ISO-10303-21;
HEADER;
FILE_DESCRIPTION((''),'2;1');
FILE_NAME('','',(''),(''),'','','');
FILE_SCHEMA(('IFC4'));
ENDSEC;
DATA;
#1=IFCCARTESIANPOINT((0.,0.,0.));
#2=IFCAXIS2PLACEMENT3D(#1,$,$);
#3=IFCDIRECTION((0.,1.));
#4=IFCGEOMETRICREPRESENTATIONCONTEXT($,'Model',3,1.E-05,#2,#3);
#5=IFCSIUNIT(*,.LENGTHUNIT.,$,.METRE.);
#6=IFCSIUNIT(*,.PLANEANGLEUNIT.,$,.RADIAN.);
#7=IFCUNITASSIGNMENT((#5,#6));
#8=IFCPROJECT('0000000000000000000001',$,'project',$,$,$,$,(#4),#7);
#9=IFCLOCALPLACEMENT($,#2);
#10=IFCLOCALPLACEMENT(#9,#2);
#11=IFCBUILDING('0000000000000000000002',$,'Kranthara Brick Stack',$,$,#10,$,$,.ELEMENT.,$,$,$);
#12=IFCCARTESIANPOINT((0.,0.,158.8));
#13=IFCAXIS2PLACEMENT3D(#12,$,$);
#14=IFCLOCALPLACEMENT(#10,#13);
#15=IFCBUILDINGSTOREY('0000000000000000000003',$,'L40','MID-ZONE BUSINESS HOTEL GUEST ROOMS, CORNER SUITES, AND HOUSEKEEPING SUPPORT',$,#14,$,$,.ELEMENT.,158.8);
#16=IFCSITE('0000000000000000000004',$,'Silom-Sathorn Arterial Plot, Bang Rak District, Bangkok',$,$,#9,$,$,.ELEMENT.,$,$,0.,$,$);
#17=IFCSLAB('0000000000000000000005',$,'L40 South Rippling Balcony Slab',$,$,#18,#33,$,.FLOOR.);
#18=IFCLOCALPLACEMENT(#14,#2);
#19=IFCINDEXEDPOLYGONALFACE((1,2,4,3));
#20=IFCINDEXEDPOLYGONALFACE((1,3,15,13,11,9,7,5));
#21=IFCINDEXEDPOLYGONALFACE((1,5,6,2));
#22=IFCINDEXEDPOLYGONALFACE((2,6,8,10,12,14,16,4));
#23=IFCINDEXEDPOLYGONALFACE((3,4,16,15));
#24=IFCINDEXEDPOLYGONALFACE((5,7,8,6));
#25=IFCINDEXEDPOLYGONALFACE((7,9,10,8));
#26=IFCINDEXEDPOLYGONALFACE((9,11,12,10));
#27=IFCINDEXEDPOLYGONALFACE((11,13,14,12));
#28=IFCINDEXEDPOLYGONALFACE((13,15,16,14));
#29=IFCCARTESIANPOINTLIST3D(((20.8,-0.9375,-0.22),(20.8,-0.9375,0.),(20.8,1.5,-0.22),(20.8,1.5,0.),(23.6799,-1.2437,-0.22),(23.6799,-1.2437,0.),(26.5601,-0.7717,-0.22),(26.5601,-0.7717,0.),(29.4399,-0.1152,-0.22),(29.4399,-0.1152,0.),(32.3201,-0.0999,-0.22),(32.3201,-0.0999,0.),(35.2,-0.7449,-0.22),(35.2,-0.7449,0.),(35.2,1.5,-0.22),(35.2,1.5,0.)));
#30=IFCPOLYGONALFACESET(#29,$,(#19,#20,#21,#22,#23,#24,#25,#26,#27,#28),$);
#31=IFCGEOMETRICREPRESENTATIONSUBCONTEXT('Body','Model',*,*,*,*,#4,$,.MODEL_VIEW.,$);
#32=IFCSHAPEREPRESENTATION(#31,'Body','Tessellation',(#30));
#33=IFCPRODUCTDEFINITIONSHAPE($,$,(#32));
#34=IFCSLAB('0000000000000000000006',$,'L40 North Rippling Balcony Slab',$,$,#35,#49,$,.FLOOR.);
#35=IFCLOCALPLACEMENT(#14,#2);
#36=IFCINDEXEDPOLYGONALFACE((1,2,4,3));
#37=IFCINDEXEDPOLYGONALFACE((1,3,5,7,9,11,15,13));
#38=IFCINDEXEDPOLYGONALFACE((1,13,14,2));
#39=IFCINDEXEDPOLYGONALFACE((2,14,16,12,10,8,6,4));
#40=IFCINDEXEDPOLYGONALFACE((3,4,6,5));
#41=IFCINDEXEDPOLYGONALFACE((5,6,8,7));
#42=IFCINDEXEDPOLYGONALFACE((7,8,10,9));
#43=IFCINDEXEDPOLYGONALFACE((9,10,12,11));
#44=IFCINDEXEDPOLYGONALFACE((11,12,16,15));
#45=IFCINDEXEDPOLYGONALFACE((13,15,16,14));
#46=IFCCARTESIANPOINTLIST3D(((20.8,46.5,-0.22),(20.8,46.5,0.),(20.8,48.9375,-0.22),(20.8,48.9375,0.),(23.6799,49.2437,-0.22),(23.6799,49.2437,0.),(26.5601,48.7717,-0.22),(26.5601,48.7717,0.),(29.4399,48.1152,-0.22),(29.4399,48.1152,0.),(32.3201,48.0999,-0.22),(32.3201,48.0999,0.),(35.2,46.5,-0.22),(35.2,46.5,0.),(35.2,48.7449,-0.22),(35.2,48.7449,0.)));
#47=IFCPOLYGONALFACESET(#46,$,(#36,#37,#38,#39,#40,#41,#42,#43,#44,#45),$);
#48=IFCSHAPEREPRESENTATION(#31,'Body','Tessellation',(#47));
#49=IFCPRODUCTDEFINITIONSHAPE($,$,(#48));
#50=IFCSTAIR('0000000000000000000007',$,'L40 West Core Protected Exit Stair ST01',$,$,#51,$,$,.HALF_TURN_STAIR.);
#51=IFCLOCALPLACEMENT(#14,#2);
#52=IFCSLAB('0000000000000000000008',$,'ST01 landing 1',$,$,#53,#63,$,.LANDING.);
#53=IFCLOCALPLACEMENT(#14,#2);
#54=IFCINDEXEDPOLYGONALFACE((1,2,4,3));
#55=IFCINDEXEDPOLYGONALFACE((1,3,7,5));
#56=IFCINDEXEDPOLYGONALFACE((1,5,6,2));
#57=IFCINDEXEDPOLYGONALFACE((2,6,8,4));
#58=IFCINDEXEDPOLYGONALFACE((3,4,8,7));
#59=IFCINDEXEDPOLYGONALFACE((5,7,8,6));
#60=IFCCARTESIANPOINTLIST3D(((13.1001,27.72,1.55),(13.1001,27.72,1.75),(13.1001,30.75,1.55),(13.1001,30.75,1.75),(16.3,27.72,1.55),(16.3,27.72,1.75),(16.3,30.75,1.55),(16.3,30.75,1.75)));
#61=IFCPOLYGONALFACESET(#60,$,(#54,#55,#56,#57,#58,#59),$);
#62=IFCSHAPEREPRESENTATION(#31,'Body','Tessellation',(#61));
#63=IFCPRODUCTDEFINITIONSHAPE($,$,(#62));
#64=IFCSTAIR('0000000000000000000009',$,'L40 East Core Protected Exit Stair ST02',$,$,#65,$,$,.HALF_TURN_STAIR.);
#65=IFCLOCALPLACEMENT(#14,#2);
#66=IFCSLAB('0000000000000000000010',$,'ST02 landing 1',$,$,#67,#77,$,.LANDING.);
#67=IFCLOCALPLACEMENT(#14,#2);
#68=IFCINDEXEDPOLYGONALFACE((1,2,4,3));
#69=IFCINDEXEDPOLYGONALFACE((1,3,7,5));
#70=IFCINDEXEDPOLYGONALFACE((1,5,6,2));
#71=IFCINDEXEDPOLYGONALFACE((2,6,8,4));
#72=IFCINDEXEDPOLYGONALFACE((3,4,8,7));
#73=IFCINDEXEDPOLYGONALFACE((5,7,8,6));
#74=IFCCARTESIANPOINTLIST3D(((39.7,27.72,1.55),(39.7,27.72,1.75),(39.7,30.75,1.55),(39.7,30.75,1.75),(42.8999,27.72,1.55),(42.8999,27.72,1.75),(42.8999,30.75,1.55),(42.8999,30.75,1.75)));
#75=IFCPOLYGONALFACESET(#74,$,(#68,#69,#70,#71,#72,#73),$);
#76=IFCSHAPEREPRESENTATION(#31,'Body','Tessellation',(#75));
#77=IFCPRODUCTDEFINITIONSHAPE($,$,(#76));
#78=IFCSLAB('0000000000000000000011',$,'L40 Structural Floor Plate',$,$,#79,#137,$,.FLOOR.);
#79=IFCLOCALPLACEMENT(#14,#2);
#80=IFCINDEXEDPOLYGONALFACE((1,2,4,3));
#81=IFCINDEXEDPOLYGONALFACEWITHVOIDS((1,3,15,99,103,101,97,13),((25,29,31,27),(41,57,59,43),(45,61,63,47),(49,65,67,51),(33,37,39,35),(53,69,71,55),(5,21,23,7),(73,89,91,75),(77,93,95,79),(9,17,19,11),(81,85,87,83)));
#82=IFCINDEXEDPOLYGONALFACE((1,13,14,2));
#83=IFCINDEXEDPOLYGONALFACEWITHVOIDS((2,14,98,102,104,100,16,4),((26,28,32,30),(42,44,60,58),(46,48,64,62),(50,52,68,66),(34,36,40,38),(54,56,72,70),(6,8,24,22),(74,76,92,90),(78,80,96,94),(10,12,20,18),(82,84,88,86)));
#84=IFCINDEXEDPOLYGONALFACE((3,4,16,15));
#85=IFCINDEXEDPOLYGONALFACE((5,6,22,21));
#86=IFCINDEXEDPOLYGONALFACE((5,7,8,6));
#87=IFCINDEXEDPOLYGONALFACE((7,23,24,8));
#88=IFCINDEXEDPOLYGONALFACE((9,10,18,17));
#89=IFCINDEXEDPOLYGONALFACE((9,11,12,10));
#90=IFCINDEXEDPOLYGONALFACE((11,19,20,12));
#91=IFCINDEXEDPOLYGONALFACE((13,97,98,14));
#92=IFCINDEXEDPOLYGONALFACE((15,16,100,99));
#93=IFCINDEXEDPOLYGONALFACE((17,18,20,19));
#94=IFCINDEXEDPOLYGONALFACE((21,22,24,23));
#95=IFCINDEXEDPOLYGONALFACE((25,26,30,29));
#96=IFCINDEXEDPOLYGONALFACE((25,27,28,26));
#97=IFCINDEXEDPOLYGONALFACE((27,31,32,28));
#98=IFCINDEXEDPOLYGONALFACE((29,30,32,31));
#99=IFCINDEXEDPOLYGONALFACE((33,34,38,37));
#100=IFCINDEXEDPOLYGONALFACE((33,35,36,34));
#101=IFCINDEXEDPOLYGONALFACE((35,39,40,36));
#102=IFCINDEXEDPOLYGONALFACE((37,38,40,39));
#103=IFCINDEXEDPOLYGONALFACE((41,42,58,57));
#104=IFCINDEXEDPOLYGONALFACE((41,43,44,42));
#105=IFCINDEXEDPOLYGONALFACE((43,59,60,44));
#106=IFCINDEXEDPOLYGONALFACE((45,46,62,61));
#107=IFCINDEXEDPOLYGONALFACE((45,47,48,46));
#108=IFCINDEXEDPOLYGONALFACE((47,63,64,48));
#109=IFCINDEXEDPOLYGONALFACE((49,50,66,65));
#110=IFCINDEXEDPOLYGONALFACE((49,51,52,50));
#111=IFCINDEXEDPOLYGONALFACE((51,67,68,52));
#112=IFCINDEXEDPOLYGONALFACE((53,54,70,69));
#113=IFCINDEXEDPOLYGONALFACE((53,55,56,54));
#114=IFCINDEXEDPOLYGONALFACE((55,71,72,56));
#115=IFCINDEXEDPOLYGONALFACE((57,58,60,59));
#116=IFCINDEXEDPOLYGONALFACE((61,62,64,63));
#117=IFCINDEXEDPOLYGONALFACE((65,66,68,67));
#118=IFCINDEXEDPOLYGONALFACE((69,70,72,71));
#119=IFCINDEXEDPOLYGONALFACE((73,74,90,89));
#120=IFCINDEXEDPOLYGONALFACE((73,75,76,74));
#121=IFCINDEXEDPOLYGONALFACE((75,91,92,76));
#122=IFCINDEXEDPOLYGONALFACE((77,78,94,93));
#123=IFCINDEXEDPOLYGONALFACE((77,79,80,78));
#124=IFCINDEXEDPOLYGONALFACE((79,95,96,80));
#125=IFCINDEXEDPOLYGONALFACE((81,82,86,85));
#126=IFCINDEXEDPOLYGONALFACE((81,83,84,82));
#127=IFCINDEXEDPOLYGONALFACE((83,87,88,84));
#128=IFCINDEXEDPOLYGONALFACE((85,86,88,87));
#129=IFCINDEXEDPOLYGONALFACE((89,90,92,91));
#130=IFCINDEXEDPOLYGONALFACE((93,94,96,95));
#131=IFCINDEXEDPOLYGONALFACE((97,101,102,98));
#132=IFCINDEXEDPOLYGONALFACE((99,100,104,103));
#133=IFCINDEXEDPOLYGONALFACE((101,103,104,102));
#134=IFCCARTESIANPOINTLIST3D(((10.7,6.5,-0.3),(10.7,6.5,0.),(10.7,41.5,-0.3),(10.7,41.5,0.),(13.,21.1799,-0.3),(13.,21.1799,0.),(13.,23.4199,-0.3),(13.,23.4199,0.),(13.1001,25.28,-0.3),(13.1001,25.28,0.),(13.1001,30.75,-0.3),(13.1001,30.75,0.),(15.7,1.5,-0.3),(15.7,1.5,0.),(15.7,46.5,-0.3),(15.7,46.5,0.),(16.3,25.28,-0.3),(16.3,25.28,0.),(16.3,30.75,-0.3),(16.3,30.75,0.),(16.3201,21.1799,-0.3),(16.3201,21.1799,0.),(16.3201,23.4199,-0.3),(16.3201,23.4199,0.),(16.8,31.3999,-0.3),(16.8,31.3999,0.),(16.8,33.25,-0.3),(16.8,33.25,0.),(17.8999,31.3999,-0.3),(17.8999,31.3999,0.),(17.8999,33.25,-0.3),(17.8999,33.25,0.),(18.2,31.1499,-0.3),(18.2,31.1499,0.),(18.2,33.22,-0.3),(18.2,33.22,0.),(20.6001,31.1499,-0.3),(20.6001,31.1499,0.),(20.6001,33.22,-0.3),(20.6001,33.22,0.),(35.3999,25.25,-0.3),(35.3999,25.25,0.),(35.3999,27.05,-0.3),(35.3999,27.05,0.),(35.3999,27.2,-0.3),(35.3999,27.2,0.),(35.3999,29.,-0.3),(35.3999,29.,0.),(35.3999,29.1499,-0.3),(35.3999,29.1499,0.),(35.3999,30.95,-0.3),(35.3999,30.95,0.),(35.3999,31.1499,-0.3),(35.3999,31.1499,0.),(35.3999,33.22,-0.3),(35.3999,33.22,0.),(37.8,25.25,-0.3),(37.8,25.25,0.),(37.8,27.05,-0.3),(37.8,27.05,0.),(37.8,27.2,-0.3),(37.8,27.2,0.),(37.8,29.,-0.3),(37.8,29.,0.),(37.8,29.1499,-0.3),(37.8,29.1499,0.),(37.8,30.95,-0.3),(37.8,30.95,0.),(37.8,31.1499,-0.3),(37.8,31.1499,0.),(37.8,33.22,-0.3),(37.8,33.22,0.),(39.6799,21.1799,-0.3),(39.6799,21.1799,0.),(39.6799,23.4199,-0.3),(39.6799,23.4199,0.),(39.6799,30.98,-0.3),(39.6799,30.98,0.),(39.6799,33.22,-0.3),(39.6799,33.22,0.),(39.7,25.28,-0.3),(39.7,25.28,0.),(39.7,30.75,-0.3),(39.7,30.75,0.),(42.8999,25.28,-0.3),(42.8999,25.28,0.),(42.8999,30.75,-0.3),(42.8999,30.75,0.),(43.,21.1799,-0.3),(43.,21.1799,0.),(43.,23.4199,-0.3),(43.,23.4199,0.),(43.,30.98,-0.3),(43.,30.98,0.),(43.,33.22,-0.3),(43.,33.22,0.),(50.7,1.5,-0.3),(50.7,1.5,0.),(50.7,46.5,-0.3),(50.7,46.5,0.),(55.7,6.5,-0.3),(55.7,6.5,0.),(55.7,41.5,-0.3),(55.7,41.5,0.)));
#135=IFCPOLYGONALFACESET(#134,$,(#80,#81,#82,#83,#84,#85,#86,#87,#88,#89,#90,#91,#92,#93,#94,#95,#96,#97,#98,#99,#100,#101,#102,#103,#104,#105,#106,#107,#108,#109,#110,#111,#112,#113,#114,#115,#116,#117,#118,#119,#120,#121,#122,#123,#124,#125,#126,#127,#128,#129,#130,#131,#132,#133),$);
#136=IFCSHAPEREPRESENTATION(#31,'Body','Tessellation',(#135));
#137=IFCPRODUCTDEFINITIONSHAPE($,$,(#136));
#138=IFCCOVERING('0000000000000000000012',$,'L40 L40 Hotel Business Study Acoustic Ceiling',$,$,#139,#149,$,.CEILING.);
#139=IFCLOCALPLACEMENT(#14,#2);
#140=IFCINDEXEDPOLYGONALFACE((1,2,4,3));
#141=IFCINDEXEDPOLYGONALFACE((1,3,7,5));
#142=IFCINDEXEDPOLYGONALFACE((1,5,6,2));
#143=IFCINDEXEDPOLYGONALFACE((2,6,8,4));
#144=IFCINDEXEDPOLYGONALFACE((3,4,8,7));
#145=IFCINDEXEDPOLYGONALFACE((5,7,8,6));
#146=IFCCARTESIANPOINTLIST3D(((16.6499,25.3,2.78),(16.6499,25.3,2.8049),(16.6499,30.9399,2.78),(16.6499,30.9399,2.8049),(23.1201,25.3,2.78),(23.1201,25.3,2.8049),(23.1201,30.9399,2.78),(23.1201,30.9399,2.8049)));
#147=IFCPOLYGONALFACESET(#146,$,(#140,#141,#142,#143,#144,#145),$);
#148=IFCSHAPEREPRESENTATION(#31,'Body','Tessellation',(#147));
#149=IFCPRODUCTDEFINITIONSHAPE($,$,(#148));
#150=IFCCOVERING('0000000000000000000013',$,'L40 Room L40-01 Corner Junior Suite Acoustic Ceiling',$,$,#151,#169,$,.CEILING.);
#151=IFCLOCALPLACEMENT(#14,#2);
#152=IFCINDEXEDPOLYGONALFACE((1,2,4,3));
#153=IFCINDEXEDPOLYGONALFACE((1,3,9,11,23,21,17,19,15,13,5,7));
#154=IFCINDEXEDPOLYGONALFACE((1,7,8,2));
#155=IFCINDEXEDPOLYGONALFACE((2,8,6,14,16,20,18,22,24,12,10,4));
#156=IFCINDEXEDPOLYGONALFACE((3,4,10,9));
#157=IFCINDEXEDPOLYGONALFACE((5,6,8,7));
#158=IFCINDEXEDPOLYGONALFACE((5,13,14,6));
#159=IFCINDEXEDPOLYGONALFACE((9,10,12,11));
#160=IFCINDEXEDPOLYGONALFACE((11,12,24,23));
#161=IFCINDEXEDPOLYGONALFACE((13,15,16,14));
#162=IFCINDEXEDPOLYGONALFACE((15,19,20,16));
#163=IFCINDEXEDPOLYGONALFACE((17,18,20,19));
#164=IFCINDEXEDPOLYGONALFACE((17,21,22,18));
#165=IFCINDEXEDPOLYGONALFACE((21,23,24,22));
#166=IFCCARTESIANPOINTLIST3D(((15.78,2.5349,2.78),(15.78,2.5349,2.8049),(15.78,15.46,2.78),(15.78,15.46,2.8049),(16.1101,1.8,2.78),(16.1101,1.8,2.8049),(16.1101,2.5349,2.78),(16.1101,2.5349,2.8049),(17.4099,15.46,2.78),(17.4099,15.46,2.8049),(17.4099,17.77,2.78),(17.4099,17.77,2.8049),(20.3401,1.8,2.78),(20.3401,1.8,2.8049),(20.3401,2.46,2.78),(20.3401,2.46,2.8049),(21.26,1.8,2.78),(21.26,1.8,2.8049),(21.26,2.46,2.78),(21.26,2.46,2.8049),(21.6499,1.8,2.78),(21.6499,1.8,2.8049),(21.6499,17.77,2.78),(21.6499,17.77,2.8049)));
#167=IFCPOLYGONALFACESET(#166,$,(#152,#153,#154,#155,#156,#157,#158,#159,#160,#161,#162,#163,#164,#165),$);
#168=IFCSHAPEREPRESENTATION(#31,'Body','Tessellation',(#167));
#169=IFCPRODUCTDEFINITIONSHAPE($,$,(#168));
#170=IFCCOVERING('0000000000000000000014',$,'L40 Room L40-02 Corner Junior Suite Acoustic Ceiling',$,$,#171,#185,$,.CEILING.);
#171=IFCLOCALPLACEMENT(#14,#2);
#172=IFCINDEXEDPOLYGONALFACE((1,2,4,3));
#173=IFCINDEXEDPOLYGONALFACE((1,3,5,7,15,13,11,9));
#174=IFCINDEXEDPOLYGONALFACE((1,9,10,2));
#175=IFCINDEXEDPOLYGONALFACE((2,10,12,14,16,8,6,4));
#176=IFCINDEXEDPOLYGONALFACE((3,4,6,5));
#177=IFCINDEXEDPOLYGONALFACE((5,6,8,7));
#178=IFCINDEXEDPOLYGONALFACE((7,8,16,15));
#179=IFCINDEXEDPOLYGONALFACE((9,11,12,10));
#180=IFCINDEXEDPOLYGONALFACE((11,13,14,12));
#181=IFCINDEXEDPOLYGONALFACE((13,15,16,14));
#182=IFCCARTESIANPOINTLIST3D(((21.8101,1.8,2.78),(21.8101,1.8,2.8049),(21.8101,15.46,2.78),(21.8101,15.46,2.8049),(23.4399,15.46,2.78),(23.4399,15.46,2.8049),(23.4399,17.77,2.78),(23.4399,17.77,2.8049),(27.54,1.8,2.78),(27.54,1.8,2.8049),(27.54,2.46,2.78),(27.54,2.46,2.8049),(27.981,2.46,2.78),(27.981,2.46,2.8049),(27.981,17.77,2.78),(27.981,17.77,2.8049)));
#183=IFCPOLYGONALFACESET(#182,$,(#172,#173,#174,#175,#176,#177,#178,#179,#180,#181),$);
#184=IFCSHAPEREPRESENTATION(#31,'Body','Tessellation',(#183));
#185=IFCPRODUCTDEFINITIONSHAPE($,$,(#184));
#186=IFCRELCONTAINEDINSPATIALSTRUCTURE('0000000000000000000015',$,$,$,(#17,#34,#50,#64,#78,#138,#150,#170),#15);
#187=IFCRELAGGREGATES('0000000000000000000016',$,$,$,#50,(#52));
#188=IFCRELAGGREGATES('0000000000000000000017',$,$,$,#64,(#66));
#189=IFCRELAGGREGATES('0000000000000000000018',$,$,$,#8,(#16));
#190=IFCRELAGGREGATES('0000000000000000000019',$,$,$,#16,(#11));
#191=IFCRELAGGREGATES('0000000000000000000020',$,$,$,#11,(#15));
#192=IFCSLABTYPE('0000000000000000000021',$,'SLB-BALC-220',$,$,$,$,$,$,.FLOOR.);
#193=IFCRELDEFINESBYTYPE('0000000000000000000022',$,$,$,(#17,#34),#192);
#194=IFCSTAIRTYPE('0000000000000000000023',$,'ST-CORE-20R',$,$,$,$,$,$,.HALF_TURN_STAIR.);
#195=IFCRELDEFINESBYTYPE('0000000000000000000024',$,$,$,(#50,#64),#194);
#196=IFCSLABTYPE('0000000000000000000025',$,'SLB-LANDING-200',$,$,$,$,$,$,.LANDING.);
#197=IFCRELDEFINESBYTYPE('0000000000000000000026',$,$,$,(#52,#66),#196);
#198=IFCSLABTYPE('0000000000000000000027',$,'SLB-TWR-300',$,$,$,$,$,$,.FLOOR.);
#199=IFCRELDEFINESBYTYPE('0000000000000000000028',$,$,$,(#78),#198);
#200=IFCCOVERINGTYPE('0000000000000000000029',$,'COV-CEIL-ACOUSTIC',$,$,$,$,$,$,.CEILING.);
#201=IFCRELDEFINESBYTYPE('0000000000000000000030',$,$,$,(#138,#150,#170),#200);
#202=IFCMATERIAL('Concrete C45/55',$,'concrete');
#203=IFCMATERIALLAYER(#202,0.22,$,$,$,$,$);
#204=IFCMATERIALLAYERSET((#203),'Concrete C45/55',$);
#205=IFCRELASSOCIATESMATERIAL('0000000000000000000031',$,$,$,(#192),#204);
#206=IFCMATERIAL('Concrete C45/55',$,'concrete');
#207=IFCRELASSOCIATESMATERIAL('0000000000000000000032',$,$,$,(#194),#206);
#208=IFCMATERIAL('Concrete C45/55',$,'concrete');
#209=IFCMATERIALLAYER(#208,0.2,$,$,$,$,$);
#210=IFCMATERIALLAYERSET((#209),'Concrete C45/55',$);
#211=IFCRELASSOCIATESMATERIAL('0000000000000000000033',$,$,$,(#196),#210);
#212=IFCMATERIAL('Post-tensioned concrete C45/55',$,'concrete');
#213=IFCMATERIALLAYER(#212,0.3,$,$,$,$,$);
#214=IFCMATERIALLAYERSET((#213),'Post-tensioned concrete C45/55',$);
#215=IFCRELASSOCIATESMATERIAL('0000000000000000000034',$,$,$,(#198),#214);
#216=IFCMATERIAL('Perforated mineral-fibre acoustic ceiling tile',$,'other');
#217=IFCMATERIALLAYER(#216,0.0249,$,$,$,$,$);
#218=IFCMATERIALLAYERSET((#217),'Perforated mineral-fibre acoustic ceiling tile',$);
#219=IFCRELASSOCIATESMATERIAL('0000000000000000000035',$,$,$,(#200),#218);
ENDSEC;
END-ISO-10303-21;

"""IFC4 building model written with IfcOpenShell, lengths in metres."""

from ifc_helpers import new_model, si_unit, direction, frame, origin, place, context, subcontext, project, spatial, polyline, outline, extrude, material, layer, layer_set, type_object, element, aggregate, save


model = new_model("IFC4")

# Units and contexts
model_context = context("Model", 3, precision=1e-05, world=origin(), true_north=direction((0.0, 1.0)))
body_context = subcontext(model_context, "Body", "Model", "MODEL_VIEW")
ifc_project = project(units=[si_unit("LENGTHUNIT", "METRE"), si_unit("PLANEANGLEUNIT", "RADIAN")], contexts=[model_context])

# Site, building, storey
site_placement = place(None, origin())
site = spatial("IfcSite", under=ifc_project, at=site_placement, Name="Silom-Sathorn Arterial Plot, Bang Rak District, Bangkok", CompositionType="ELEMENT", RefElevation=0.0)
building_placement = place(site_placement, origin())
building = spatial("IfcBuilding", under=site, at=building_placement, Name="Kranthara Brick Stack", CompositionType="ELEMENT")
storey_placement = place(building_placement, frame((0.0, 0.0, 158.8)))
storey = spatial("IfcBuildingStorey", under=building, at=storey_placement, Name="L40", Description="MID-ZONE BUSINESS HOTEL GUEST ROOMS, CORNER SUITES, AND HOUSEKEEPING SUPPORT", CompositionType="ELEMENT", Elevation=158.8)

# Slabs
ifc_material_1 = material(Name="Concrete C45/55", Category="concrete")
ifc_layer_1 = layer(ifc_material_1, 0.22)
ifc_layer_set_1 = layer_set([ifc_layer_1], Name="Concrete C45/55")
slab_type_1 = type_object("IfcSlabType", Name="SLB-BALC-220", PredefinedType="FLOOR", material=ifc_layer_set_1)
slab_1_placement = place(storey_placement, frame((0.0, 0.0, -0.22)))
element("IfcSlab", 1, at=slab_1_placement, inside=storey, type_object=slab_type_1, Name="L40 South Rippling Balcony Slab", PredefinedType="FLOOR", context=body_context, shape_type="SweptSolid", body=[
    extrude(outline(polyline([(20.8, 1.5), (35.2, 1.5), (35.2, -0.7449), (32.3201, -0.0999), (29.4399, -0.1152), (26.5601, -0.7717), (23.6799, -1.2437), (20.8, -0.9375), (20.8, 1.5)])), origin(), (0.0, 0.0, 1.0), 0.22),
])
slab_2_placement = place(storey_placement, frame((0.0, 0.0, -0.22)))
element("IfcSlab", 2, at=slab_2_placement, inside=storey, type_object=slab_type_1, Name="L40 North Rippling Balcony Slab", PredefinedType="FLOOR", context=body_context, shape_type="SweptSolid", body=[
    extrude(outline(polyline([(35.2, 46.5), (20.8, 46.5), (20.8, 48.9375), (23.6799, 49.2437), (26.5601, 48.7717), (29.4399, 48.1152), (32.3201, 48.0999), (35.2, 48.7449), (35.2, 46.5)])), origin(), (0.0, 0.0, 1.0), 0.22),
])

# Stairs, slabs
ifc_material_2 = material(Name="Concrete C45/55", Category="concrete")
stair_type = type_object("IfcStairType", Name="ST-CORE-20R", PredefinedType="HALF_TURN_STAIR", material=ifc_material_2)
stair_1_placement = place(storey_placement, origin())
stair_1 = element("IfcStair", 3, at=stair_1_placement, inside=storey, type_object=stair_type, Name="L40 West Core Protected Exit Stair ST01", PredefinedType="HALF_TURN_STAIR")
ifc_material_3 = material(Name="Concrete C45/55", Category="concrete")
ifc_layer_2 = layer(ifc_material_3, 0.2)
ifc_layer_set_2 = layer_set([ifc_layer_2], Name="Concrete C45/55")
slab_type_2 = type_object("IfcSlabType", Name="SLB-LANDING-200", PredefinedType="LANDING", material=ifc_layer_set_2)
slab_3_placement = place(storey_placement, frame((0.0, 0.0, 1.55)))
slab_3 = element("IfcSlab", 4, at=slab_3_placement, type_object=slab_type_2, Name="ST01 landing 1", PredefinedType="LANDING", context=body_context, shape_type="SweptSolid", body=[
    extrude(outline(polyline([(16.3, 27.72), (16.3, 30.75), (13.1001, 30.75), (13.1001, 27.72), (16.3, 27.72)])), origin(), (0.0, 0.0, 1.0), 0.2),
])
aggregate(stair_1, [slab_3])
stair_2_placement = place(storey_placement, origin())
stair_2 = element("IfcStair", 5, at=stair_2_placement, inside=storey, type_object=stair_type, Name="L40 East Core Protected Exit Stair ST02", PredefinedType="HALF_TURN_STAIR")
slab_4_placement = place(storey_placement, frame((0.0, 0.0, 1.55)))
slab_4 = element("IfcSlab", 6, at=slab_4_placement, type_object=slab_type_2, Name="ST02 landing 1", PredefinedType="LANDING", context=body_context, shape_type="SweptSolid", body=[
    extrude(outline(polyline([(42.8999, 27.72), (42.8999, 30.75), (39.7, 30.75), (39.7, 27.72), (42.8999, 27.72)])), origin(), (0.0, 0.0, 1.0), 0.2),
])
aggregate(stair_2, [slab_4])

# Slab
ifc_material_4 = material(Name="Post-tensioned concrete C45/55", Category="concrete")
ifc_layer_3 = layer(ifc_material_4, 0.3)
ifc_layer_set_3 = layer_set([ifc_layer_3], Name="Post-tensioned concrete C45/55")
slab_type_3 = type_object("IfcSlabType", Name="SLB-TWR-300", PredefinedType="FLOOR", material=ifc_layer_set_3)
slab_5_placement = place(storey_placement, frame((0.0, 0.0, -0.3)))
element("IfcSlab", 7, at=slab_5_placement, inside=storey, type_object=slab_type_3, Name="L40 Structural Floor Plate", PredefinedType="FLOOR", context=body_context, shape_type="SweptSolid", body=[
    extrude(outline(polyline([(15.7, 1.5), (50.7, 1.5), (55.7, 6.5), (55.7, 41.5), (50.7, 46.5), (15.7, 46.5), (10.7, 41.5), (10.7, 6.5), (15.7, 1.5)]), holes=[polyline([(13.1001, 25.28), (16.3, 25.28), (16.3, 30.75), (13.1001, 30.75), (13.1001, 25.28)]), polyline([(39.7, 25.28), (42.8999, 25.28), (42.8999, 30.75), (39.7, 30.75), (39.7, 25.28)]), polyline([(13.0, 21.1799), (16.3201, 21.1799), (16.3201, 23.4199), (13.0, 23.4199), (13.0, 21.1799)]), polyline([(39.6799, 21.1799), (43.0, 21.1799), (43.0, 23.4199), (39.6799, 23.4199), (39.6799, 21.1799)]), polyline([(39.6799, 30.98), (43.0, 30.98), (43.0, 33.22), (39.6799, 33.22), (39.6799, 30.98)]), polyline([(35.3999, 25.25), (37.8, 25.25), (37.8, 27.05), (35.3999, 27.05), (35.3999, 25.25)]), polyline([(35.3999, 27.2), (37.8, 27.2), (37.8, 29.0), (35.3999, 29.0), (35.3999, 27.2)]), polyline([(35.3999, 29.1499), (37.8, 29.1499), (37.8, 30.95), (35.3999, 30.95), (35.3999, 29.1499)]), polyline([(18.2, 31.1499), (20.6001, 31.1499), (20.6001, 33.22), (18.2, 33.22), (18.2, 31.1499)]), polyline([(35.3999, 31.1499), (37.8, 31.1499), (37.8, 33.22), (35.3999, 33.22), (35.3999, 31.1499)]), polyline([(16.8, 31.3999), (17.8999, 31.3999), (17.8999, 33.25), (16.8, 33.25), (16.8, 31.3999)])]), origin(), (0.0, 0.0, 1.0), 0.3),
])

# Coverings
ifc_material_5 = material(Name="Perforated mineral-fibre acoustic ceiling tile", Category="other")
ifc_layer_4 = layer(ifc_material_5, 0.0249)
ifc_layer_set_4 = layer_set([ifc_layer_4], Name="Perforated mineral-fibre acoustic ceiling tile")
covering_type_1 = type_object("IfcCoveringType", Name="COV-CEIL-ACOUSTIC", PredefinedType="CEILING", material=ifc_layer_set_4)
covering_1_placement = place(storey_placement, frame((0.0, 0.0, 2.78)))
element("IfcCovering", 8, at=covering_1_placement, inside=storey, type_object=covering_type_1, Name="L40 L40 Hotel Business Study Acoustic Ceiling", PredefinedType="CEILING", context=body_context, shape_type="SweptSolid", body=[
    extrude(outline(polyline([(23.1201, 25.3), (23.1201, 30.9399), (16.6499, 30.9399), (16.6499, 25.3), (23.1201, 25.3)])), origin(), (0.0, 0.0, 1.0), 0.0249),
])
covering_2_placement = place(storey_placement, frame((0.0, 0.0, 2.78)))
element("IfcCovering", 9, at=covering_2_placement, inside=storey, type_object=covering_type_1, Name="L40 Room L40-01 Corner Junior Suite Acoustic Ceiling", PredefinedType="CEILING", context=body_context, shape_type="SweptSolid", body=[
    extrude(outline(polyline([(17.4099, 15.46), (17.4099, 17.77), (21.6499, 17.77), (21.6499, 1.8), (21.26, 1.8), (21.26, 2.46), (20.3401, 2.46), (20.3401, 1.8), (16.1101, 1.8), (16.1101, 2.5349), (15.78, 2.5349), (15.78, 15.46), (17.4099, 15.46)])), origin(), (0.0, 0.0, 1.0), 0.0249),
])
covering_3_placement = place(storey_placement, frame((0.0, 0.0, 2.78)))
element("IfcCovering", 10, at=covering_3_placement, inside=storey, type_object=covering_type_1, Name="L40 Room L40-02 Corner Junior Suite Acoustic Ceiling", PredefinedType="CEILING", context=body_context, shape_type="SweptSolid", body=[
    extrude(outline(polyline([(21.8101, 1.8), (21.8101, 15.46), (23.4399, 15.46), (23.4399, 17.77), (27.981, 17.77), (27.981, 2.46), (27.54, 2.46), (27.54, 1.8), (21.8101, 1.8)])), origin(), (0.0, 0.0, 1.0), 0.0249),
])

save(model, "model.ifc")
